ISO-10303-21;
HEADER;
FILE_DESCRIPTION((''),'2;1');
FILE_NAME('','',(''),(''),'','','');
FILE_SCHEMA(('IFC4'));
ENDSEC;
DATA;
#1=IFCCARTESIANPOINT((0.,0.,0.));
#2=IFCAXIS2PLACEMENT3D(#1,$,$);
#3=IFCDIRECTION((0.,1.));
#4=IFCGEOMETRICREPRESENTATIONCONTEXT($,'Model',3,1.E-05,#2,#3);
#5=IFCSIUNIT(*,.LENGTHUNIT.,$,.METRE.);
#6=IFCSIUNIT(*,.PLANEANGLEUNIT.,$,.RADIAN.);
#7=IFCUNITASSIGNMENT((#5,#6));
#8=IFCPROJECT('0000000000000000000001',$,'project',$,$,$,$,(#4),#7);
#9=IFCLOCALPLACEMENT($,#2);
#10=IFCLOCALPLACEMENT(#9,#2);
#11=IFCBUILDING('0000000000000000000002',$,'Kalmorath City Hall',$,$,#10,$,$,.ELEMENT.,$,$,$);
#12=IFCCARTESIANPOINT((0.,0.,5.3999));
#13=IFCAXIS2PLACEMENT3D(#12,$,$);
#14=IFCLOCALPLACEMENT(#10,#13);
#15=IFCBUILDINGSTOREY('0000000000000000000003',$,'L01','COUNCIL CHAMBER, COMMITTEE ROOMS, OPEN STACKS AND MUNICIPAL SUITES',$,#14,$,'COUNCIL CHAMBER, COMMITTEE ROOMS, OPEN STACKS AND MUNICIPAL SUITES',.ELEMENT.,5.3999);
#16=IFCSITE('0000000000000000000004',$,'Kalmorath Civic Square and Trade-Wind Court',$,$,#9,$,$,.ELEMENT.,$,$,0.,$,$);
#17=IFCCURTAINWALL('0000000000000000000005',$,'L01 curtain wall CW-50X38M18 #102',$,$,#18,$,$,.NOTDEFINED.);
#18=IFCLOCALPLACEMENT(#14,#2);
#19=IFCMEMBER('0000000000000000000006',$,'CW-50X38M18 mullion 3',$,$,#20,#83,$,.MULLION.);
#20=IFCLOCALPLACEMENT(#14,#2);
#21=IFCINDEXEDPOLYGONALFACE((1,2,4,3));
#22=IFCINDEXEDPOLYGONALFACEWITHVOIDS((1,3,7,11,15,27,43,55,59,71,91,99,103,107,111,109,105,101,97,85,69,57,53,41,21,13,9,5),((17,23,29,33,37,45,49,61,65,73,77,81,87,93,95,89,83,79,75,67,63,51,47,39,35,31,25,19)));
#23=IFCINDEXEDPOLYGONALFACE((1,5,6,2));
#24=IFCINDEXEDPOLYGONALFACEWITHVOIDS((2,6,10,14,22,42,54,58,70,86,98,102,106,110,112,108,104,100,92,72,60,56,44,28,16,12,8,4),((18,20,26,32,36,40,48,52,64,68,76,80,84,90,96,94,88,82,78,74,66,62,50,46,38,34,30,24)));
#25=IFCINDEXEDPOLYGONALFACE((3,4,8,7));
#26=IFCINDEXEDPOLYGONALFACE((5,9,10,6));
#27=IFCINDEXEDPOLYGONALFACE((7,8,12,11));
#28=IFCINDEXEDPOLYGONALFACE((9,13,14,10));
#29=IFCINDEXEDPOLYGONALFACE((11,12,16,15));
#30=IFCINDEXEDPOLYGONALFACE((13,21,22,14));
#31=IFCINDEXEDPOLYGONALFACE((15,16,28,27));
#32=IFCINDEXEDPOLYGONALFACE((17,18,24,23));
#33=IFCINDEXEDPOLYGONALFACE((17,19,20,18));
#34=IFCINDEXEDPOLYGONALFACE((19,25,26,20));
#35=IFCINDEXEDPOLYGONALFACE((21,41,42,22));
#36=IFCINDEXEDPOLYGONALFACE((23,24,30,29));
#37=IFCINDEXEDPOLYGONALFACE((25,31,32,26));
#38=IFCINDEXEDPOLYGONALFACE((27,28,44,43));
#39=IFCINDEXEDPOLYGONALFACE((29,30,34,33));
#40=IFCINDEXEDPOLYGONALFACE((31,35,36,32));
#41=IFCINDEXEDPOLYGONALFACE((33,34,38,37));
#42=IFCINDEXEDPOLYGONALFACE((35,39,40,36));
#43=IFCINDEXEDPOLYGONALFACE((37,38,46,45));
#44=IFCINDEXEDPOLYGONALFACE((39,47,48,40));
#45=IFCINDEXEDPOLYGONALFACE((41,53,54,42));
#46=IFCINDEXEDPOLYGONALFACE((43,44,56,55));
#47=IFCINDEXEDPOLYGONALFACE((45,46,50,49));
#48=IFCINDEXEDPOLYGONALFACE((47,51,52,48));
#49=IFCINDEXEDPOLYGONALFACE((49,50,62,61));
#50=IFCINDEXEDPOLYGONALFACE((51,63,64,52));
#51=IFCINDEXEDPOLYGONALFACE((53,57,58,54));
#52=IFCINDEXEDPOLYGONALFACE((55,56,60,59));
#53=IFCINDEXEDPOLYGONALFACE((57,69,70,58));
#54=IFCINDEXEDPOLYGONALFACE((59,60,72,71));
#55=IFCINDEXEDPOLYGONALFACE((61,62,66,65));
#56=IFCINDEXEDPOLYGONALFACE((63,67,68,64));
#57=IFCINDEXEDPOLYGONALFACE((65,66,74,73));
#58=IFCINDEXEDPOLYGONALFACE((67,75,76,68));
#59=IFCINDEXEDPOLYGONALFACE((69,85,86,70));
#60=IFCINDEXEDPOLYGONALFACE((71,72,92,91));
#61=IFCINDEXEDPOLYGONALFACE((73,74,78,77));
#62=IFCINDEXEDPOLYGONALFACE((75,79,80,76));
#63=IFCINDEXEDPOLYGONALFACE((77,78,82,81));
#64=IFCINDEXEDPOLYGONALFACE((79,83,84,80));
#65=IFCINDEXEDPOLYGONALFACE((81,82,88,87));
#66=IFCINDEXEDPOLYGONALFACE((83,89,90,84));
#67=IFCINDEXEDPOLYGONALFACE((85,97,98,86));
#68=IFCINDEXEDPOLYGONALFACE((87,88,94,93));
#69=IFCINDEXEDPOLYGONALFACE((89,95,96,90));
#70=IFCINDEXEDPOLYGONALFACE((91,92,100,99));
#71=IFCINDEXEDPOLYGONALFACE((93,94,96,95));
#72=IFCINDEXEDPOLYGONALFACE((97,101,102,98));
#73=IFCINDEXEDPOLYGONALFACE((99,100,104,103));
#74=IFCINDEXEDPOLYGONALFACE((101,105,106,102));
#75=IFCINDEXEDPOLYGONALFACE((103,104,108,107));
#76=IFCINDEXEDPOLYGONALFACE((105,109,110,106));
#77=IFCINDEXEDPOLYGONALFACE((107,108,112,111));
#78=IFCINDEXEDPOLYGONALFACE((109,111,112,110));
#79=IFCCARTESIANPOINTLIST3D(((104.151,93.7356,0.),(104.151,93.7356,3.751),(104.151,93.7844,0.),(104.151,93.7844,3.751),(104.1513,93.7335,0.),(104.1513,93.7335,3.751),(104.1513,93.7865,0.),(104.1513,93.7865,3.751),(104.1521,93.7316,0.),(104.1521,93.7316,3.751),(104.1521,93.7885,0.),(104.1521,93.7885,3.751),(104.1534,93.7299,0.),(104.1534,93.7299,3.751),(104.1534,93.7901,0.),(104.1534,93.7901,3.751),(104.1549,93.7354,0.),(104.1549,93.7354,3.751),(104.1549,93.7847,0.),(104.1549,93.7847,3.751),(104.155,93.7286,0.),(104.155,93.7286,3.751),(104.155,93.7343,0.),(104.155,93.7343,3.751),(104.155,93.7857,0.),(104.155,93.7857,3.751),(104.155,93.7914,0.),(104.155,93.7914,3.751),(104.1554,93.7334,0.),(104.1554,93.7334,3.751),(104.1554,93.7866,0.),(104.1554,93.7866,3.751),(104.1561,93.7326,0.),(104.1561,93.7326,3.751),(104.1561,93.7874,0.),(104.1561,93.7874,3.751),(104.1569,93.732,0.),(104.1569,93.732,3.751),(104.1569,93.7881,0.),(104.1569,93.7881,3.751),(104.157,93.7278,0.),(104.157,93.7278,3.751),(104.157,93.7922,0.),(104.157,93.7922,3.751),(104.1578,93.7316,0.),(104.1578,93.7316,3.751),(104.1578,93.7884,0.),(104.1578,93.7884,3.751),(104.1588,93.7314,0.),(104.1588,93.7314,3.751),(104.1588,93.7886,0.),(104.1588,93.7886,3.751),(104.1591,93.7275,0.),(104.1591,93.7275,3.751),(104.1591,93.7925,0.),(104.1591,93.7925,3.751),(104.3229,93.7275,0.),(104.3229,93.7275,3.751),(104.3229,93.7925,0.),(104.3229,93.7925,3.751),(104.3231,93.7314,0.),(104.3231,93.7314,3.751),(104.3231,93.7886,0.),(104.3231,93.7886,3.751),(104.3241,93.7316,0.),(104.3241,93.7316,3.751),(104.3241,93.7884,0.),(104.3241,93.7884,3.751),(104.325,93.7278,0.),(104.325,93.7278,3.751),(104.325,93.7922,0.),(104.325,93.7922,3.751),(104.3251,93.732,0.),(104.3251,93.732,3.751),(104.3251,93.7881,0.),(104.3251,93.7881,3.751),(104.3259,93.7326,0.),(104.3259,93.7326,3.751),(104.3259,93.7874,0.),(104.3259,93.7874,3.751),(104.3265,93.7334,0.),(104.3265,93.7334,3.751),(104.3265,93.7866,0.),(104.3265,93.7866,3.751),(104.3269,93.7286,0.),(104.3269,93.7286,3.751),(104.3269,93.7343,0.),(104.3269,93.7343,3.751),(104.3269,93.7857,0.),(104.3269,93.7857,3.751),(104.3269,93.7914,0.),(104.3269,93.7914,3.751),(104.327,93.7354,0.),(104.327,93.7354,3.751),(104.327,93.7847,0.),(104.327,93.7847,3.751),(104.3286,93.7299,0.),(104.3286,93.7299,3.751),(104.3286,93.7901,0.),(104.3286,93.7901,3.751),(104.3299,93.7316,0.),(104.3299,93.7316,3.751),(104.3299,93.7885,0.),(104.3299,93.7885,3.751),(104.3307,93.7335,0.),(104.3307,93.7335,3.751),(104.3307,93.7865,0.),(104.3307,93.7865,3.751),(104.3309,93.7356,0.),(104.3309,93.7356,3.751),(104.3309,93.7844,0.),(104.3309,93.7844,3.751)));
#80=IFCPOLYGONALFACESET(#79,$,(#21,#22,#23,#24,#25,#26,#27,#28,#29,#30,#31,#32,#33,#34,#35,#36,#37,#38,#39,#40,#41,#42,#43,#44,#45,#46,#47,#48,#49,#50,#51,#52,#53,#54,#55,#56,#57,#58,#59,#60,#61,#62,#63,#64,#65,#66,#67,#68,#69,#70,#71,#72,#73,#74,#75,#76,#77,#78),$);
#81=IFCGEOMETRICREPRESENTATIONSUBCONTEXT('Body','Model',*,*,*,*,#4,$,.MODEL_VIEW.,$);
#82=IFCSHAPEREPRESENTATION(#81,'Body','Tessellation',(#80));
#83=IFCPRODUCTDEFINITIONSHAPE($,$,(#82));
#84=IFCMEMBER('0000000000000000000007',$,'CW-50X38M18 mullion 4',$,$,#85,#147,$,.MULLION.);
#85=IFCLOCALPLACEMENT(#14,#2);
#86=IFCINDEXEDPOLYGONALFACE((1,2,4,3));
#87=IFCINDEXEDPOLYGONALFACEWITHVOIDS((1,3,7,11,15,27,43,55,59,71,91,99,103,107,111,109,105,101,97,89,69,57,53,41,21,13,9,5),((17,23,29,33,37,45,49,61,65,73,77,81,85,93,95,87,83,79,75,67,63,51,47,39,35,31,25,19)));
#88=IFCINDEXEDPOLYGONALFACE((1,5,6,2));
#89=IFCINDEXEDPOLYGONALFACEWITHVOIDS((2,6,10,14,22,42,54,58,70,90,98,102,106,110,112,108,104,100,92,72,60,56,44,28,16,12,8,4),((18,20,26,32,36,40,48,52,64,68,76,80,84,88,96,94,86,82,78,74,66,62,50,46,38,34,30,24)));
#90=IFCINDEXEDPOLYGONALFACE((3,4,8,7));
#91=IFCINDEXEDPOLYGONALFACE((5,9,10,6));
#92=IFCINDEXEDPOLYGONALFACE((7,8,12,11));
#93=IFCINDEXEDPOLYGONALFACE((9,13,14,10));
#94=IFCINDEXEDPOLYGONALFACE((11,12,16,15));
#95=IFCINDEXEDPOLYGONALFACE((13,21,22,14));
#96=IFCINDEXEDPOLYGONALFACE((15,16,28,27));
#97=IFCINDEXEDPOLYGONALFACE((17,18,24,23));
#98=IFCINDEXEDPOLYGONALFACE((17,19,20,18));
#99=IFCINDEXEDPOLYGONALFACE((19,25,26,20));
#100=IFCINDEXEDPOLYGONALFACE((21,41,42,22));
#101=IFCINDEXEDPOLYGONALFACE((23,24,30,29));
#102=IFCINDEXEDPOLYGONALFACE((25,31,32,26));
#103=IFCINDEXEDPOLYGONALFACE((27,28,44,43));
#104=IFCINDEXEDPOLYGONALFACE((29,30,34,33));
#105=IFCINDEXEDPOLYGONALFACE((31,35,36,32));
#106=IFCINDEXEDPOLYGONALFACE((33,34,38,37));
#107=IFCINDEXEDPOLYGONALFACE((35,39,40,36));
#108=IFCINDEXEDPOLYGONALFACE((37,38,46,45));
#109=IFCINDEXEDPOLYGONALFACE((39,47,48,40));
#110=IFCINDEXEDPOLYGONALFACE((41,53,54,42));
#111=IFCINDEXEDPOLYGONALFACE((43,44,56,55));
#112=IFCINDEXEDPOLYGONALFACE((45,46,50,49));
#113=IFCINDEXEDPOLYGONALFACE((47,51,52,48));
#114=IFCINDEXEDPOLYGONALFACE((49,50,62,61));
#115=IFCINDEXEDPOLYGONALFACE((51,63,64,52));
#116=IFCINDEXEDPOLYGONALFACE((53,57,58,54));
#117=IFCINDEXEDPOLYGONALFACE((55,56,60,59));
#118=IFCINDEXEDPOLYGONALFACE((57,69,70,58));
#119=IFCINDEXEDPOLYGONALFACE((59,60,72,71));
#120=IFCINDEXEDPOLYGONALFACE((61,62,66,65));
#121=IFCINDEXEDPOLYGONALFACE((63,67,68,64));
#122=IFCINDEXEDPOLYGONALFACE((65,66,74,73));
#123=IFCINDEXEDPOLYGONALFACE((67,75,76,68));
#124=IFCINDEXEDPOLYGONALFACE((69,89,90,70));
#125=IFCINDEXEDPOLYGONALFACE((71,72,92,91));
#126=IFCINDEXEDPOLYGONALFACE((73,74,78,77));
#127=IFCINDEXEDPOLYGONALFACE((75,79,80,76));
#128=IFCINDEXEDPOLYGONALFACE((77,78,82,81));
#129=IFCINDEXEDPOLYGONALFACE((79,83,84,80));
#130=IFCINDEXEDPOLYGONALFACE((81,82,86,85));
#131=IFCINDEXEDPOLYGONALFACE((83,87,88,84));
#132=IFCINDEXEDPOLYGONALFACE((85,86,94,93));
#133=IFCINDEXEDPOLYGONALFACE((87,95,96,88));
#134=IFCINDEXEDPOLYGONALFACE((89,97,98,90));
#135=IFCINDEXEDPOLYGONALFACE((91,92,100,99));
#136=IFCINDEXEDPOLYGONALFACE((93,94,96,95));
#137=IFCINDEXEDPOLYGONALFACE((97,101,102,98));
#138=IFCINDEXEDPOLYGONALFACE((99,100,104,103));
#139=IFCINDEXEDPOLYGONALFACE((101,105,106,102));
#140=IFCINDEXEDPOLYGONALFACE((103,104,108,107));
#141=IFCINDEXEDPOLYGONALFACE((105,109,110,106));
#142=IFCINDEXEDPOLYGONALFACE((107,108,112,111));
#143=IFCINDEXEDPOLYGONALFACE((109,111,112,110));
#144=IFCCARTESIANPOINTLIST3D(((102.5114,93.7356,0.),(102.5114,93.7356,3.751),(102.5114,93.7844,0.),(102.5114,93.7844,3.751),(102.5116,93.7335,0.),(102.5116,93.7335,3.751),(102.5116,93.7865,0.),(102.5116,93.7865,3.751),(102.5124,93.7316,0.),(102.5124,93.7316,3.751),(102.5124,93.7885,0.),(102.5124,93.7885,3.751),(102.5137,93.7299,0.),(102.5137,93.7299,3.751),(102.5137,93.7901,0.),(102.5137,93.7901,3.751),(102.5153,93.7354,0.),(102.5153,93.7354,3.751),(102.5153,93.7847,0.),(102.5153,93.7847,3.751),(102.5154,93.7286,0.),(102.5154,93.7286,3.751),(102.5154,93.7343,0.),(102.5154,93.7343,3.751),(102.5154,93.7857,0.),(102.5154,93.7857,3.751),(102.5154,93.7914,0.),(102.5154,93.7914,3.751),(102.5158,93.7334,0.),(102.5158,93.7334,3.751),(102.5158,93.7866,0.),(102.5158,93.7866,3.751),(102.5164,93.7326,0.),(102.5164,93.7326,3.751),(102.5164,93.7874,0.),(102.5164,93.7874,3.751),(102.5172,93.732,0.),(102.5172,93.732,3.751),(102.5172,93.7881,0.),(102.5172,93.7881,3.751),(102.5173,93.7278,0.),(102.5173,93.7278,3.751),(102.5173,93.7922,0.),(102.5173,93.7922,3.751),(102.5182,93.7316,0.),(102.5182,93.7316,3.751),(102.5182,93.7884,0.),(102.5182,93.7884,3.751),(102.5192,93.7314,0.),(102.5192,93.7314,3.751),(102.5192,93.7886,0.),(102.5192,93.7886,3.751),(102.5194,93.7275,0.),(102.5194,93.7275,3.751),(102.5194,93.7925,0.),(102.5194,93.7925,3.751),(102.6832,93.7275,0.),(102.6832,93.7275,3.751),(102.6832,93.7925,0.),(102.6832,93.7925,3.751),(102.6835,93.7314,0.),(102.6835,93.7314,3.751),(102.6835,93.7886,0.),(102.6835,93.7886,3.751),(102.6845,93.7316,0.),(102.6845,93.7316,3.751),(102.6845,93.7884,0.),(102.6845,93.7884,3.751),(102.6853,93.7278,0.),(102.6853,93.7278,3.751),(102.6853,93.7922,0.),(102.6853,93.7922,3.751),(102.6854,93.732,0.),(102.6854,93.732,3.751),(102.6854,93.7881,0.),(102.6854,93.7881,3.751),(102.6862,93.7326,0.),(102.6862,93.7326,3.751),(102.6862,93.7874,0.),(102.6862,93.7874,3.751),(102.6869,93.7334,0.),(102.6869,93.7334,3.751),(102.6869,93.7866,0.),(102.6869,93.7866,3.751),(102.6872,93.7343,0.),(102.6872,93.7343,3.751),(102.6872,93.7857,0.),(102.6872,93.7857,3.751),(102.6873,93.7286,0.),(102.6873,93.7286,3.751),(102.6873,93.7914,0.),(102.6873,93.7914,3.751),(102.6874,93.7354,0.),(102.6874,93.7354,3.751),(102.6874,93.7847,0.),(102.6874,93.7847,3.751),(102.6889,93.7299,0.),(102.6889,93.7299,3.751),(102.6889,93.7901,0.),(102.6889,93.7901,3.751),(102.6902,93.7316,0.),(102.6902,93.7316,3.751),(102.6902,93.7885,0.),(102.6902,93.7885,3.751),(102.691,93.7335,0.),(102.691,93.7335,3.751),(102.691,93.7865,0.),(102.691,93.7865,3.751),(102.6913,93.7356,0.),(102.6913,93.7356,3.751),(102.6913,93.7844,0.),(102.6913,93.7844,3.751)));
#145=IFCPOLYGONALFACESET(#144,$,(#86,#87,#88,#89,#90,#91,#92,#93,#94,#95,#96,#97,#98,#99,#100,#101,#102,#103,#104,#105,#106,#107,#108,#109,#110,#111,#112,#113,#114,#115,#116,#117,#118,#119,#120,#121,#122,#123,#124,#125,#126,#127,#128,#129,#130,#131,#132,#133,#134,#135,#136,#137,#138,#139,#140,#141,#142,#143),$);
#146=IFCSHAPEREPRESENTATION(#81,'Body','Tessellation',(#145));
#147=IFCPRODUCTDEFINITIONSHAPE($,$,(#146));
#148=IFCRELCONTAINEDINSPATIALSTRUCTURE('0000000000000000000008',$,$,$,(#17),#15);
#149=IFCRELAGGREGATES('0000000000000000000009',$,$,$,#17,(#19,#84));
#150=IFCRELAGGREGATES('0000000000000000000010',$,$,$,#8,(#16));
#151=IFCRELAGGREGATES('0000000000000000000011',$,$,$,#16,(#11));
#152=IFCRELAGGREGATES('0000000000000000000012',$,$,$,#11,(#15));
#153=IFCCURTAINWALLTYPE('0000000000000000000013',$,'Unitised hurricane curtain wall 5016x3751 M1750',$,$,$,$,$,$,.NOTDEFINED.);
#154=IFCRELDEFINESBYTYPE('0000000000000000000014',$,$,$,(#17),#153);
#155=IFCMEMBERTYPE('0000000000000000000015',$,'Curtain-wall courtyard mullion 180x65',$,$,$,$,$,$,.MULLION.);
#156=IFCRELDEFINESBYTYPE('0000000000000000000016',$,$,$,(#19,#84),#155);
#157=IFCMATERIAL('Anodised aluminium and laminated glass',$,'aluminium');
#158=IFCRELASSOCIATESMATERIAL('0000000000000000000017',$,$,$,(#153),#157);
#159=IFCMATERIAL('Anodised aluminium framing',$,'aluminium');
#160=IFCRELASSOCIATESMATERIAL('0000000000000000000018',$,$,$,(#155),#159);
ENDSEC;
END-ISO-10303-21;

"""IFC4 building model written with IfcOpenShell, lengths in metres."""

from ifc_helpers import new_model, si_unit, direction, frame, origin, origin_2d, place, context, subcontext, project, spatial, hollow_rectangle, extrude, material, material_profile, profile_set, type_object, element, aggregate, save


model = new_model("IFC4")

# Units and contexts
model_context = context("Model", 3, precision=1e-05, world=origin(), true_north=direction((0.0, 1.0)))
body_context = subcontext(model_context, "Body", "Model", "MODEL_VIEW")
ifc_project = project(units=[si_unit("LENGTHUNIT", "METRE"), si_unit("PLANEANGLEUNIT", "RADIAN")], contexts=[model_context])

# Site, building, storey
site_placement = place(None, origin())
site = spatial("IfcSite", under=ifc_project, at=site_placement, Name="Kalmorath Civic Square and Trade-Wind Court", CompositionType="ELEMENT", RefElevation=0.0)
building_placement = place(site_placement, origin())
building = spatial("IfcBuilding", under=site, at=building_placement, Name="Kalmorath City Hall", CompositionType="ELEMENT")
storey_placement = place(building_placement, frame((0.0, 0.0, 5.3999)))
storey = spatial("IfcBuildingStorey", under=building, at=storey_placement, Name="L01", Description="COUNCIL CHAMBER, COMMITTEE ROOMS, OPEN STACKS AND MUNICIPAL SUITES", LongName="COUNCIL CHAMBER, COMMITTEE ROOMS, OPEN STACKS AND MUNICIPAL SUITES", CompositionType="ELEMENT", Elevation=5.3999)

# Curtain wall, members
ifc_material_1 = material(Name="Anodised aluminium and laminated glass", Category="aluminium")
curtain_wall_type = type_object("IfcCurtainWallType", Name="Unitised hurricane curtain wall 5016x3751 M1750", PredefinedType="NOTDEFINED", material=ifc_material_1)
curtain_wall_placement = place(storey_placement, origin())
curtain_wall = element("IfcCurtainWall", 1, at=curtain_wall_placement, inside=storey, type_object=curtain_wall_type, Name="L01 curtain wall CW-50X38M18 #102", PredefinedType="NOTDEFINED")
ifc_material_2 = material(Name="Anodised aluminium framing", Category="aluminium")
ifc_material_profile_1 = material_profile(ifc_material_2, hollow_rectangle(XDim=0.0649, YDim=0.1799, WallThickness=0.0039, InnerFilletRadius=0.0039, OuterFilletRadius=0.0081, at=origin_2d()), Name="ALU-MUL-180X65X4")
ifc_profile_set_1 = profile_set([ifc_material_profile_1], Name="Anodised aluminium framing")
member_type_1 = type_object("IfcMemberType", Name="Curtain-wall courtyard mullion 180x65", PredefinedType="MULLION", material=ifc_profile_set_1)
member_1_placement = place(storey_placement, frame((104.241, 93.76, 0.0), z_axis=(0.0, 0.0, 1.0), x_axis=(0.0, -1.0, 0.0)))
member_1 = element("IfcMember", 2, at=member_1_placement, type_object=member_type_1, Name="CW-50X38M18 mullion 3", PredefinedType="MULLION", context=body_context, shape_type="SweptSolid", body=[
    extrude(hollow_rectangle(XDim=0.0649, YDim=0.1799, WallThickness=0.0039, InnerFilletRadius=0.0039, OuterFilletRadius=0.0081, at=origin_2d()), origin(), (0.0, 0.0, 1.0), 3.751),
])
member_2_placement = place(storey_placement, frame((102.6013, 93.76, 0.0), z_axis=(0.0, 0.0, 1.0), x_axis=(0.0, -1.0, 0.0)))
member_2 = element("IfcMember", 3, at=member_2_placement, type_object=member_type_1, Name="CW-50X38M18 mullion 4", PredefinedType="MULLION", context=body_context, shape_type="SweptSolid", body=[
    extrude(hollow_rectangle(XDim=0.0649, YDim=0.1799, WallThickness=0.0039, InnerFilletRadius=0.0039, OuterFilletRadius=0.0081, at=origin_2d()), origin(), (0.0, 0.0, 1.0), 3.751),
])
aggregate(curtain_wall, [member_1, member_2])

save(model, "model.ifc")
